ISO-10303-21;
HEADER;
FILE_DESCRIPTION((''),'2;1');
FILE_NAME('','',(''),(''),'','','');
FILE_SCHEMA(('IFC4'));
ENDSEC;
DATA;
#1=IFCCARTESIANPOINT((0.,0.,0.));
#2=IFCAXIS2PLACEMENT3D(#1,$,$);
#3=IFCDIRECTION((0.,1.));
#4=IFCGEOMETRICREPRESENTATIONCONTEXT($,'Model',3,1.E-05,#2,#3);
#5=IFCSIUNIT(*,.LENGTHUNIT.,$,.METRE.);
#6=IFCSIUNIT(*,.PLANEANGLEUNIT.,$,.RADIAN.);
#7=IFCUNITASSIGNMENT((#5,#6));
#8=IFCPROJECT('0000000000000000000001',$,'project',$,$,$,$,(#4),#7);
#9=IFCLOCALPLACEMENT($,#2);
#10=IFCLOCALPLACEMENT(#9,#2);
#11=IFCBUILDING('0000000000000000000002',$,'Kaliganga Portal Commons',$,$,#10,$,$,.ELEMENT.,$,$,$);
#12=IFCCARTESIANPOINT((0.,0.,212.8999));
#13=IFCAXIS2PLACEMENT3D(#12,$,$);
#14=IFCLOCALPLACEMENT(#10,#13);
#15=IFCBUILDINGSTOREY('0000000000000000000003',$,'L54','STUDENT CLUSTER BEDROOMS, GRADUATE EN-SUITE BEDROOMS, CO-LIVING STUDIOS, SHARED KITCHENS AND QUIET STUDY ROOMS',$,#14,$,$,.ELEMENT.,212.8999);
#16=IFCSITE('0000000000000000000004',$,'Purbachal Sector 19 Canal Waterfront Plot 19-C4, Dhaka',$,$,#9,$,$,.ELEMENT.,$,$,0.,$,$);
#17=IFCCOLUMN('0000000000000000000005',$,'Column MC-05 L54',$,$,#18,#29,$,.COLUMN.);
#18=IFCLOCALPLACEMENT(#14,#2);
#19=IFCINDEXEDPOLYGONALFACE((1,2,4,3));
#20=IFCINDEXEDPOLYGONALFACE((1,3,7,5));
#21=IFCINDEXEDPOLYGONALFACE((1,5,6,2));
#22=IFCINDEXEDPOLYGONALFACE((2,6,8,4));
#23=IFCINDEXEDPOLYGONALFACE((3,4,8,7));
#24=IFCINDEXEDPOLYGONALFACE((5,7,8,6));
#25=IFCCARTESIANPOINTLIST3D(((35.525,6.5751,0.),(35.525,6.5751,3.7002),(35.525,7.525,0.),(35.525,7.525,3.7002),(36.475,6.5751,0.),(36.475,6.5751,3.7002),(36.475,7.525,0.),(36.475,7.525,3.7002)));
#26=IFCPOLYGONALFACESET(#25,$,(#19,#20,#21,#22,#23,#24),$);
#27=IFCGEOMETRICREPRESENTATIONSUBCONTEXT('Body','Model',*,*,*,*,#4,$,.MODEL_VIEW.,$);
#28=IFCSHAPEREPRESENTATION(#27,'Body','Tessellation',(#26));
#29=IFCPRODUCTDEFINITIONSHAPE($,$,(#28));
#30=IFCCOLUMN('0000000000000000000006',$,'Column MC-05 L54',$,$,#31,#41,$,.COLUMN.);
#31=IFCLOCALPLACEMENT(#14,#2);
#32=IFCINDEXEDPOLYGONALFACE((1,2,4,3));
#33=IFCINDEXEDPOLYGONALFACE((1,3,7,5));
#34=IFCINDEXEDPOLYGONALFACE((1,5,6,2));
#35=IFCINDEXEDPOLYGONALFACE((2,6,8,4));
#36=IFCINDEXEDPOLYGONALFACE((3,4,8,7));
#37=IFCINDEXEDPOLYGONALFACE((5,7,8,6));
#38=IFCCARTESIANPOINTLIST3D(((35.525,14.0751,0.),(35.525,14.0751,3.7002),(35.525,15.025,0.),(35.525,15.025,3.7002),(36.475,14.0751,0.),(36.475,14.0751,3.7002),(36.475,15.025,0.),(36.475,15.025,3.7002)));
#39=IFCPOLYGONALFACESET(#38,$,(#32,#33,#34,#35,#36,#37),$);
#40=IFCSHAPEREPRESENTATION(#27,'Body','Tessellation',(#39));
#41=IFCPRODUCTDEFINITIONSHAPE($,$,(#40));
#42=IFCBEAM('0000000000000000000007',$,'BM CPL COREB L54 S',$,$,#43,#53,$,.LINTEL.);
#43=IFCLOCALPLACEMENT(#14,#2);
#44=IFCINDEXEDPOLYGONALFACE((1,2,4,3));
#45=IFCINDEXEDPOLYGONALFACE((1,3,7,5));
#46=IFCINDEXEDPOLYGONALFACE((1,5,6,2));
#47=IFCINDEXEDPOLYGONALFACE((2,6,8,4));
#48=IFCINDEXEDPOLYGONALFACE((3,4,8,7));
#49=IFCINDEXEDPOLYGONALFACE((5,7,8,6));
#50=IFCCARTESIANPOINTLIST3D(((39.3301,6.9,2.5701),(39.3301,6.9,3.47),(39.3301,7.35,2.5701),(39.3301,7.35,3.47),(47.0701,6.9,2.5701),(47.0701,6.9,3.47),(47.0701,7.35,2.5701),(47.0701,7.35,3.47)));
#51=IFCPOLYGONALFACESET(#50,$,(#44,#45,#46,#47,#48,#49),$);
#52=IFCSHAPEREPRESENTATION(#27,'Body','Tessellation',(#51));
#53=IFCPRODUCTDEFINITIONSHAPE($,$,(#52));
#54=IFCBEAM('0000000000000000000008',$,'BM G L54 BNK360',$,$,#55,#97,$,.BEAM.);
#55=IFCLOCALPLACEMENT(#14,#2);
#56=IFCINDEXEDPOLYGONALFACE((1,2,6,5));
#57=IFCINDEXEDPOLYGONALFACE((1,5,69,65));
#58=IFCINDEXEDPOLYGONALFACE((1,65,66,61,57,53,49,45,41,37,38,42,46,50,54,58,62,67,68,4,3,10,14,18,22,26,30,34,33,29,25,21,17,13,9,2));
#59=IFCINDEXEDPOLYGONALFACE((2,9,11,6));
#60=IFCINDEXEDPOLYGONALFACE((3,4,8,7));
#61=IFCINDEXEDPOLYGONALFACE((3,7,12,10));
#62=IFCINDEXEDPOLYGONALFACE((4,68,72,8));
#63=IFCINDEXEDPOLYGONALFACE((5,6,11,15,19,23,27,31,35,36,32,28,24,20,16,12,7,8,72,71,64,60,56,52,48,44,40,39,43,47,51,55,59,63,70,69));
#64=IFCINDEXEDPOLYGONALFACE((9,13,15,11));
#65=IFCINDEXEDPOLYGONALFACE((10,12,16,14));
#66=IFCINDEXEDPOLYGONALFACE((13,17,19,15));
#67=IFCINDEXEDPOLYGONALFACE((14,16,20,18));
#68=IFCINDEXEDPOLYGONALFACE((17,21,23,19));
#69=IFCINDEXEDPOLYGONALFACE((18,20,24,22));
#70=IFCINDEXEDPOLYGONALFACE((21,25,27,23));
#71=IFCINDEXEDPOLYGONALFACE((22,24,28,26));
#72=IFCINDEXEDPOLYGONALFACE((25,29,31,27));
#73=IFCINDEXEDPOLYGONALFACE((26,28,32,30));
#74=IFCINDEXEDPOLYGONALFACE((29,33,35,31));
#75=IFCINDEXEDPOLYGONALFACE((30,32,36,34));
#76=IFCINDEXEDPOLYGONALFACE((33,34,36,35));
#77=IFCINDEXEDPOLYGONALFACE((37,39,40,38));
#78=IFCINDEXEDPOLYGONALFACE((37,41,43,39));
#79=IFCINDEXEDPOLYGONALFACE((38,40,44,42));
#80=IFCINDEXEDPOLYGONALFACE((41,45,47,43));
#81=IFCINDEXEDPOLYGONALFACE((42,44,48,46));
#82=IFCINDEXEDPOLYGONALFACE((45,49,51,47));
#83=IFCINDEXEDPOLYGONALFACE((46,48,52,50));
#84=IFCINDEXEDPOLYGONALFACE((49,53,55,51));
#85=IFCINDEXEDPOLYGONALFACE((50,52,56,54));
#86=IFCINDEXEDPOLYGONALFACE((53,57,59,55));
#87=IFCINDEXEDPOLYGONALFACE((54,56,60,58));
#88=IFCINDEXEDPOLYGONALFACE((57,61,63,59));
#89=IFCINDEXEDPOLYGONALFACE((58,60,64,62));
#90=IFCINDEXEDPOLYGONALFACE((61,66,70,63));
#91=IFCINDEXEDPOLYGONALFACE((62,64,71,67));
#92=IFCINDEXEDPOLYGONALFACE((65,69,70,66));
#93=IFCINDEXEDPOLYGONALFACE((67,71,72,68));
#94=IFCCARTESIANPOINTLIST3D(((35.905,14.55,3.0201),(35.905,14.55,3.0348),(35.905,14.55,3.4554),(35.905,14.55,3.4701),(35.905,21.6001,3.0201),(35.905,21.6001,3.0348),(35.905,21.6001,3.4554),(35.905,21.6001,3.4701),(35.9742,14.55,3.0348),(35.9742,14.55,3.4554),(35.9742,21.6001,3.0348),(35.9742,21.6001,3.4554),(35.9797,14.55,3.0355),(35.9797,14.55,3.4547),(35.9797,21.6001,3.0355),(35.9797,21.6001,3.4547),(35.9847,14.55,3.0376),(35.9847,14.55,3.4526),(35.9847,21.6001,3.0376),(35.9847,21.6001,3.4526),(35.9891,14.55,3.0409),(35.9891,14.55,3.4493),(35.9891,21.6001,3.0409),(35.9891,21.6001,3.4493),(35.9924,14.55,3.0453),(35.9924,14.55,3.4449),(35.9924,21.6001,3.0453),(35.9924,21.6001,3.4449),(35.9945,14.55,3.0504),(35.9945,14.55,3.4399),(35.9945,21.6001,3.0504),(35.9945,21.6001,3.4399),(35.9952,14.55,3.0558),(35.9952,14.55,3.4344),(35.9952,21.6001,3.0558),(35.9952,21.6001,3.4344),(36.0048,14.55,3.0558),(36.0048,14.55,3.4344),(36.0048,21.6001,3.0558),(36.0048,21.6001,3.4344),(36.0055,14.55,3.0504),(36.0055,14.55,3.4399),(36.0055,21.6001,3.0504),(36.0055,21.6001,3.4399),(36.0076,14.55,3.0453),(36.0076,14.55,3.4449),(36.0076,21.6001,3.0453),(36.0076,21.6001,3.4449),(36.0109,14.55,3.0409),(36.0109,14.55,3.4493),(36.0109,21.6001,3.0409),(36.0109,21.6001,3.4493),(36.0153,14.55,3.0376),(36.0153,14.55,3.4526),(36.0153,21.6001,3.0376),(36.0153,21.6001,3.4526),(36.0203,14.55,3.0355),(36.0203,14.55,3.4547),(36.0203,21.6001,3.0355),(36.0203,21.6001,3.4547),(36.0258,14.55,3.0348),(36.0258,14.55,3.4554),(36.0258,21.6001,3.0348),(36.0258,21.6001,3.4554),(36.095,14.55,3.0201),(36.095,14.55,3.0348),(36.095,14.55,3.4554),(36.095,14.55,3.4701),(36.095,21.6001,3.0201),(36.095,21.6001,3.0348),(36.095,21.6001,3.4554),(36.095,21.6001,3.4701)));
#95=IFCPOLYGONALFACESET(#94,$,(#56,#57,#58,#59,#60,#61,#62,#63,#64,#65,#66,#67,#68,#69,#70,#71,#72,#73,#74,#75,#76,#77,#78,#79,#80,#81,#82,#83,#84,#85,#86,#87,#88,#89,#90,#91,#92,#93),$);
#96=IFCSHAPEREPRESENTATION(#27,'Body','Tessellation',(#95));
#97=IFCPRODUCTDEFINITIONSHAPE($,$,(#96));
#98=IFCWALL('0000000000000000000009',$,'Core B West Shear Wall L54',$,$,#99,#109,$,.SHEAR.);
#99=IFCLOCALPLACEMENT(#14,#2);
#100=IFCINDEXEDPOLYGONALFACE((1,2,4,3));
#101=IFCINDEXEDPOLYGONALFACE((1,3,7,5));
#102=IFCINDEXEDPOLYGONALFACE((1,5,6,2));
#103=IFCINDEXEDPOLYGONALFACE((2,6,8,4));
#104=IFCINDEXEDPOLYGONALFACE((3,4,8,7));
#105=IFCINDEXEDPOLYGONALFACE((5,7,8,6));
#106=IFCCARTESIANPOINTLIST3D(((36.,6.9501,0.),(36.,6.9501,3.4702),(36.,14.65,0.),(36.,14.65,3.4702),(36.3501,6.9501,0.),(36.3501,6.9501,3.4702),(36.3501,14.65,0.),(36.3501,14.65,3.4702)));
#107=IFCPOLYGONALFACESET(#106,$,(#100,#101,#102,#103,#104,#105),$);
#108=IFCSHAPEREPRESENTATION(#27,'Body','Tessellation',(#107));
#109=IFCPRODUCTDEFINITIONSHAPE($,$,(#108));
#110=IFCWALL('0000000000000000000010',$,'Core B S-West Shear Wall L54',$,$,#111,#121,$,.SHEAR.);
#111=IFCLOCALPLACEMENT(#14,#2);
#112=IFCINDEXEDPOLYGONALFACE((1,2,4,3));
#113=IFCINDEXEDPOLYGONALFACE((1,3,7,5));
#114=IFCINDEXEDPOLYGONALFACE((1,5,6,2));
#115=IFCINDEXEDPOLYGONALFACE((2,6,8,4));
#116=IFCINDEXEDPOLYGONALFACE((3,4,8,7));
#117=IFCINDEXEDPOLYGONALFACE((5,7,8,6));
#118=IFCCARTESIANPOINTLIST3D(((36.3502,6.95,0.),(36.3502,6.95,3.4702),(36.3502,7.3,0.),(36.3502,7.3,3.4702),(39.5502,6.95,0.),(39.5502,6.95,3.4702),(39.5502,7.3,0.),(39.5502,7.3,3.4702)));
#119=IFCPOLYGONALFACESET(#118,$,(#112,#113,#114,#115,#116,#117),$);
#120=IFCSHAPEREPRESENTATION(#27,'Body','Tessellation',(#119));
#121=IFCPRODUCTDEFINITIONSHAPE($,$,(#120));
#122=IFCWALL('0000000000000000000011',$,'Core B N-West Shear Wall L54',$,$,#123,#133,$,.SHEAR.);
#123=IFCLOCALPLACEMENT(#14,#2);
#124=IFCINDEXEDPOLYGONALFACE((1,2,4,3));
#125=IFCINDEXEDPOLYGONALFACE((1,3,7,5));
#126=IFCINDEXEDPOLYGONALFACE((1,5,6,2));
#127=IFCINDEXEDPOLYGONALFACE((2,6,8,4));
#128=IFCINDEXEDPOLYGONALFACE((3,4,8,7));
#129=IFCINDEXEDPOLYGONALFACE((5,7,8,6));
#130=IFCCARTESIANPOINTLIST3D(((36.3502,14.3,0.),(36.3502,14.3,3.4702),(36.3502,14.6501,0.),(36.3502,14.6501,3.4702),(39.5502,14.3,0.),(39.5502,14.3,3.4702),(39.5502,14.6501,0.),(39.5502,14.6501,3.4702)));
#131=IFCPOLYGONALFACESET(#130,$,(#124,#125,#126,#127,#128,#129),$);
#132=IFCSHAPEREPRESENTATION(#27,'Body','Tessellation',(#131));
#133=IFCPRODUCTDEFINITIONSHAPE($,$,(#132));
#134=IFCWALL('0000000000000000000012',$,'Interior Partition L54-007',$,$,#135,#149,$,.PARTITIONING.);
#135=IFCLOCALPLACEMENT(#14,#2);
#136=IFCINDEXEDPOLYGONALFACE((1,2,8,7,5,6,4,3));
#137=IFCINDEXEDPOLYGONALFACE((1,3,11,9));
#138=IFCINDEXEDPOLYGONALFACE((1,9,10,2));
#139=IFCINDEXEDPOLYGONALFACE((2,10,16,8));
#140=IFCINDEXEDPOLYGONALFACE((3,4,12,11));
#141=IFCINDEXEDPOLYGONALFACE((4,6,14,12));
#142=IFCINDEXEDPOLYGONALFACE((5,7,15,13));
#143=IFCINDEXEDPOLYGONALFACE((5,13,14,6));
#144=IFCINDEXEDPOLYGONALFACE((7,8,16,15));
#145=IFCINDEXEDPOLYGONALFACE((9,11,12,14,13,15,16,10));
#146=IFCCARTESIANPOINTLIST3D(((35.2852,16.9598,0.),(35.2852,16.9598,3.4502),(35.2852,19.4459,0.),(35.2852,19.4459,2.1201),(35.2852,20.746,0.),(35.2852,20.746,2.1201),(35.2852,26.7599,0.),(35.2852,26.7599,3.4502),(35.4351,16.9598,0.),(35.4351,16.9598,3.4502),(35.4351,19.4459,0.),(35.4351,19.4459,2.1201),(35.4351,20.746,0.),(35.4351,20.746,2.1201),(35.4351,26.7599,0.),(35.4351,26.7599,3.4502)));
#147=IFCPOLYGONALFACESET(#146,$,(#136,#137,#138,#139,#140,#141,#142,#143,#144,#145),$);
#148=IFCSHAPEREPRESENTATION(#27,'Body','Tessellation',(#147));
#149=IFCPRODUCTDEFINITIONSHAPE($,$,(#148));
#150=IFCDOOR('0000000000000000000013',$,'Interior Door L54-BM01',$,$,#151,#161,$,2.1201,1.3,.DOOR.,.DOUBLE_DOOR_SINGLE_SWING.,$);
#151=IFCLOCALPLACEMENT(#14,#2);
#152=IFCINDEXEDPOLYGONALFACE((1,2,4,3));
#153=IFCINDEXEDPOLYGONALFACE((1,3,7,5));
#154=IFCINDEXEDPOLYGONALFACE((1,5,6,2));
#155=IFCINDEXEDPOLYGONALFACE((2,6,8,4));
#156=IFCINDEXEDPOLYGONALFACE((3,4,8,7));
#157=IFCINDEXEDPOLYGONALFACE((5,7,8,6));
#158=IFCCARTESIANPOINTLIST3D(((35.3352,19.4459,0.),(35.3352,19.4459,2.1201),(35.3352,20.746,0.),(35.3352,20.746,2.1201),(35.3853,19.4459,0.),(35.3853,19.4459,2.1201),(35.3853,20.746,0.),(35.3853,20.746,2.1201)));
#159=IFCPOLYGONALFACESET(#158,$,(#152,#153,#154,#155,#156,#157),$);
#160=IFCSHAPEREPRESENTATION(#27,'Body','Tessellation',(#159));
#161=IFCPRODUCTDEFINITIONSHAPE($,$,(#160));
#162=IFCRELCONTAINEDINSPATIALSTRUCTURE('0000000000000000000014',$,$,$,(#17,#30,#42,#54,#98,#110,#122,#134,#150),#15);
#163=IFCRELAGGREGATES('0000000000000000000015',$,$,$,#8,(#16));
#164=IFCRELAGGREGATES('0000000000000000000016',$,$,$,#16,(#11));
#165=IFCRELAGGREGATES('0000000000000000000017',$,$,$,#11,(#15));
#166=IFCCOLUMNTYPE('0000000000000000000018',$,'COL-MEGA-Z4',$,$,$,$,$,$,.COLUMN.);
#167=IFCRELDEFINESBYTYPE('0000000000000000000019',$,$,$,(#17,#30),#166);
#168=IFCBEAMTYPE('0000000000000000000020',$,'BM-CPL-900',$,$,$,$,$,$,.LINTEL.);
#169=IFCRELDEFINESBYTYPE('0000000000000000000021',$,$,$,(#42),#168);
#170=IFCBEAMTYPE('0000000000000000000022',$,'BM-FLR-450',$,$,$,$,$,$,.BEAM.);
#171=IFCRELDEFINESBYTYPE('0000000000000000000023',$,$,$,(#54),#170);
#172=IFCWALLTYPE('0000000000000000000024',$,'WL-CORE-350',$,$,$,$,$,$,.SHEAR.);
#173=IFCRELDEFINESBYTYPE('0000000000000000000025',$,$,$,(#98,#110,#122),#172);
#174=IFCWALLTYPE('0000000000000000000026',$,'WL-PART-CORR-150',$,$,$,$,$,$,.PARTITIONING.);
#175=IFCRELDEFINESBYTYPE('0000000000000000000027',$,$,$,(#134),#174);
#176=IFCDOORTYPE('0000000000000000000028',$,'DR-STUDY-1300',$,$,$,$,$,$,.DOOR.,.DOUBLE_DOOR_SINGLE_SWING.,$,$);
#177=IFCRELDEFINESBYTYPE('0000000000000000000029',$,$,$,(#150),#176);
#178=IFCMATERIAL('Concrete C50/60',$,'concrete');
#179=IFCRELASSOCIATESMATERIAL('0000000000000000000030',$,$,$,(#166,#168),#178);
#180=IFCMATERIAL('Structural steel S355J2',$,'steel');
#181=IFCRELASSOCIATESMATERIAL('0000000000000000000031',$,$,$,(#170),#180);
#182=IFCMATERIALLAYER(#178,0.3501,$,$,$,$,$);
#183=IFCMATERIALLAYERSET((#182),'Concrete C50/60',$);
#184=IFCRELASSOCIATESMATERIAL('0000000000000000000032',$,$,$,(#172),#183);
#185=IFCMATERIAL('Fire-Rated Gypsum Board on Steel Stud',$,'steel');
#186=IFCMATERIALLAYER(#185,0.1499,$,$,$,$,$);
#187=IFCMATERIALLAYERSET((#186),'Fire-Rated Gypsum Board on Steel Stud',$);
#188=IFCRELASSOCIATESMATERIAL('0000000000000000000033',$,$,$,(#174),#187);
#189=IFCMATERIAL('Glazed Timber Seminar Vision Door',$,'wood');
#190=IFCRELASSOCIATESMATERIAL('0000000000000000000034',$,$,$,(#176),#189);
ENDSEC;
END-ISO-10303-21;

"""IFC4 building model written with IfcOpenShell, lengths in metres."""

from ifc_helpers import new_model, si_unit, direction, frame, frame_2d, origin, origin_2d, place, context, subcontext, project, spatial, rectangle, i_section, extrude, source, transform, mapped, material, layer, layer_set, material_profile, profile_set, type_object, element, fill, save


model = new_model("IFC4")

# Units and contexts
model_context = context("Model", 3, precision=1e-05, world=origin(), true_north=direction((0.0, 1.0)))
body_context = subcontext(model_context, "Body", "Model", "MODEL_VIEW")
ifc_project = project(units=[si_unit("LENGTHUNIT", "METRE"), si_unit("PLANEANGLEUNIT", "RADIAN")], contexts=[model_context])

# Site, building, storey
site_placement = place(None, origin())
site = spatial("IfcSite", under=ifc_project, at=site_placement, Name="Purbachal Sector 19 Canal Waterfront Plot 19-C4, Dhaka", CompositionType="ELEMENT", RefElevation=0.0)
building_placement = place(site_placement, origin())
building = spatial("IfcBuilding", under=site, at=building_placement, Name="Kaliganga Portal Commons", CompositionType="ELEMENT")
storey_placement = place(building_placement, frame((0.0, 0.0, 212.8999)))
storey = spatial("IfcBuildingStorey", under=building, at=storey_placement, Name="L54", Description="STUDENT CLUSTER BEDROOMS, GRADUATE EN-SUITE BEDROOMS, CO-LIVING STUDIOS, SHARED KITCHENS AND QUIET STUDY ROOMS", CompositionType="ELEMENT", Elevation=212.8999)

# Columns
ifc_material_1 = material(Name="Concrete C50/60", Category="concrete")
ifc_material_profile_1 = material_profile(ifc_material_1, rectangle(XDim=0.95, YDim=0.95, at=origin_2d()), Name="RC 950x950")
ifc_profile_set_1 = profile_set([ifc_material_profile_1], Name="Concrete C50/60")
column_type = type_object("IfcColumnType", Name="COL-MEGA-Z4", PredefinedType="COLUMN", material=ifc_profile_set_1)
shared_shape_1 = source(origin(), body_context, "Body", "SweptSolid", [
    extrude(rectangle(XDim=0.95, YDim=0.95, at=origin_2d()), origin(), (0.0, 0.0, 1.0), 3.7002),
])
for number, where, z_axis, x_axis, name in (
    (1, (36.0, 7.05, 0.0), (0.0, 0.0, 1.0), (1.0, 0.0, 0.0), "Column MC-05 L54"),
    (2, (36.0, 14.55, 0.0), (0.0, 0.0, 1.0), (1.0, 0.0, 0.0), "Column MC-05 L54"),
):
    element("IfcColumn", number, at=place(storey_placement, frame(where, z_axis=z_axis, x_axis=x_axis)), inside=storey, type_object=column_type, Name=name, PredefinedType="COLUMN", context=body_context, shape_type="MappedRepresentation", body=[
        mapped(shared_shape_1, transform((0.0, 0.0, 0.0), x_axis=(1.0, 0.0, 0.0), y_axis=(0.0, 1.0, 0.0), z_axis=(0.0, 0.0, 1.0), scale=1.0)),
    ])

# Beams
ifc_material_profile_2 = material_profile(ifc_material_1, rectangle(XDim=0.45, YDim=0.8999, at=origin_2d()), Name="RC 450x900")
ifc_profile_set_2 = profile_set([ifc_material_profile_2], Name="Concrete C50/60")
beam_type_1 = type_object("IfcBeamType", Name="BM-CPL-900", PredefinedType="LINTEL", material=ifc_profile_set_2)
shared_shape_2 = source(origin(), body_context, "Body", "SweptSolid", [
    extrude(rectangle(XDim=0.45, YDim=0.8999, at=origin_2d()), origin(), (0.0, 0.0, 1.0), 7.74),
])
beam_1_placement = place(storey_placement, frame((39.3301, 7.125, 3.02), z_axis=(1.0, 0.0, 0.0), x_axis=(0.0, 1.0, 0.0)))
element("IfcBeam", 3, at=beam_1_placement, inside=storey, type_object=beam_type_1, Name="BM CPL COREB L54 S", PredefinedType="LINTEL", context=body_context, shape_type="MappedRepresentation", body=[
    mapped(shared_shape_2, transform((0.0, 0.0, 0.0), x_axis=(1.0, 0.0, 0.0), y_axis=(0.0, 1.0, 0.0), z_axis=(0.0, 0.0, 1.0), scale=1.0)),
])
ifc_material_2 = material(Name="Structural steel S355J2", Category="steel")
ifc_material_profile_3 = material_profile(ifc_material_2, i_section(OverallWidth=0.1899, OverallDepth=0.45, WebThickness=0.0095, FlangeThickness=0.0146, FilletRadius=0.021, at=origin_2d()), Name="IPE 450")
ifc_profile_set_3 = profile_set([ifc_material_profile_3], Name="Structural steel S355J2 wide-flange")
beam_type_2 = type_object("IfcBeamType", Name="BM-FLR-450", PredefinedType="BEAM", material=ifc_profile_set_3)
shared_shape_3 = source(origin(), body_context, "Body", "SweptSolid", [
    extrude(i_section(OverallWidth=0.1899, OverallDepth=0.45, WebThickness=0.0095, FlangeThickness=0.0146, FilletRadius=0.021, at=origin_2d()), origin(), (0.0, 0.0, 1.0), 7.05),
])
beam_2_placement = place(storey_placement, frame((36.0, 14.55, 3.2451), z_axis=(0.0, 1.0, 0.0), x_axis=(-1.0, 0.0, 0.0)))
element("IfcBeam", 4, at=beam_2_placement, inside=storey, type_object=beam_type_2, Name="BM G L54 BNK360", PredefinedType="BEAM", context=body_context, shape_type="MappedRepresentation", body=[
    mapped(shared_shape_3, transform((0.0, 0.0, 0.0), x_axis=(1.0, 0.0, 0.0), y_axis=(0.0, 1.0, 0.0), z_axis=(0.0, 0.0, 1.0), scale=1.0)),
])

# Walls
ifc_layer_1 = layer(ifc_material_1, 0.3501)
ifc_layer_set_1 = layer_set([ifc_layer_1], Name="Concrete C50/60")
wall_type_1 = type_object("IfcWallType", Name="WL-CORE-350", PredefinedType="SHEAR", material=ifc_layer_set_1)
wall_1_placement = place(storey_placement, frame((36.175, 6.95, 0.0), z_axis=(0.0, 0.0, 1.0), x_axis=(0.0, 1.0, 0.0)))
element("IfcWall", 5, at=wall_1_placement, inside=storey, type_object=wall_type_1, Name="Core B West Shear Wall L54", PredefinedType="SHEAR", context=body_context, shape_type="SweptSolid", body=[
    extrude(rectangle(XDim=7.7, YDim=0.3501, at=frame_2d((3.8501, 0.0))), origin(), (0.0, 0.0, 1.0), 3.4702),
])
for number, where, z_axis, x_axis, name in (
    (6, (36.3501, 7.125, 0.0), (0.0, 0.0, 1.0), (1.0, 0.0, 0.0), "Core B S-West Shear Wall L54"),
    (7, (36.3501, 14.4751, 0.0), (0.0, 0.0, 1.0), (1.0, 0.0, 0.0), "Core B N-West Shear Wall L54"),
):
    element("IfcWall", number, at=place(storey_placement, frame(where, z_axis=z_axis, x_axis=x_axis)), inside=storey, type_object=wall_type_1, Name=name, PredefinedType="SHEAR", context=body_context, shape_type="SweptSolid", body=[
        extrude(rectangle(XDim=3.2, YDim=0.3501, at=frame_2d((1.6001, 0.0))), origin(), (0.0, 0.0, 1.0), 3.4702),
    ])

# Wall, opening, door
ifc_material_3 = material(Name="Fire-Rated Gypsum Board on Steel Stud", Category="steel")
ifc_layer_2 = layer(ifc_material_3, 0.1499)
ifc_layer_set_2 = layer_set([ifc_layer_2], Name="Fire-Rated Gypsum Board on Steel Stud")
wall_type_2 = type_object("IfcWallType", Name="WL-PART-CORR-150", PredefinedType="PARTITIONING", material=ifc_layer_set_2)
wall_2_placement = place(storey_placement, frame((35.3601, 16.96, 0.0), z_axis=(0.0, 0.0, 1.0), x_axis=(0.0, 1.0, 0.0)))
wall_2 = element("IfcWall", 8, at=wall_2_placement, inside=storey, type_object=wall_type_2, Name="Interior Partition L54-007", PredefinedType="PARTITIONING", context=body_context, shape_type="SweptSolid", body=[
    extrude(rectangle(XDim=9.8, YDim=0.1499, at=frame_2d((4.8999, 0.0))), origin(), (0.0, 0.0, 1.0), 3.4502),
])
opening_1_placement = place(wall_2_placement, frame((2.4861, 0.0, 0.0)))
opening_1 = element("IfcOpeningElement", 9, at=opening_1_placement, cuts=wall_2, PredefinedType="OPENING", context=body_context, shape_type="SweptSolid", body=[
    extrude(rectangle(XDim=1.3, YDim=2.1201, at=frame_2d((0.6499, 1.0601))), frame((0.0, 0.085, 0.0), z_axis=(0.0, -1.0, 0.0), x_axis=(1.0, 0.0, 0.0)), (0.0, 0.0, 1.0), 0.1699),
])
ifc_material_4 = material(Name="Glazed Timber Seminar Vision Door", Category="wood")
door_type = type_object("IfcDoorType", Name="DR-STUDY-1300", OperationType="DOUBLE_DOOR_SINGLE_SWING", PredefinedType="DOOR", material=ifc_material_4)
door_1_placement = place(opening_1_placement, origin())
door_1 = element("IfcDoor", 10, at=door_1_placement, inside=storey, type_object=door_type, Name="Interior Door L54-BM01", OperationType="DOUBLE_DOOR_SINGLE_SWING", OverallHeight=2.1201, OverallWidth=1.3, PredefinedType="DOOR", context=body_context, shape_type="SweptSolid", body=[
    extrude(rectangle(XDim=1.3, YDim=2.1201, at=frame_2d((0.6499, 1.0601))), frame((0.0, 0.0249, 0.0), z_axis=(0.0, -1.0, 0.0), x_axis=(1.0, 0.0, 0.0)), (0.0, 0.0, 1.0), 0.05),
])
fill(opening_1, door_1)

save(model, "model.ifc")
